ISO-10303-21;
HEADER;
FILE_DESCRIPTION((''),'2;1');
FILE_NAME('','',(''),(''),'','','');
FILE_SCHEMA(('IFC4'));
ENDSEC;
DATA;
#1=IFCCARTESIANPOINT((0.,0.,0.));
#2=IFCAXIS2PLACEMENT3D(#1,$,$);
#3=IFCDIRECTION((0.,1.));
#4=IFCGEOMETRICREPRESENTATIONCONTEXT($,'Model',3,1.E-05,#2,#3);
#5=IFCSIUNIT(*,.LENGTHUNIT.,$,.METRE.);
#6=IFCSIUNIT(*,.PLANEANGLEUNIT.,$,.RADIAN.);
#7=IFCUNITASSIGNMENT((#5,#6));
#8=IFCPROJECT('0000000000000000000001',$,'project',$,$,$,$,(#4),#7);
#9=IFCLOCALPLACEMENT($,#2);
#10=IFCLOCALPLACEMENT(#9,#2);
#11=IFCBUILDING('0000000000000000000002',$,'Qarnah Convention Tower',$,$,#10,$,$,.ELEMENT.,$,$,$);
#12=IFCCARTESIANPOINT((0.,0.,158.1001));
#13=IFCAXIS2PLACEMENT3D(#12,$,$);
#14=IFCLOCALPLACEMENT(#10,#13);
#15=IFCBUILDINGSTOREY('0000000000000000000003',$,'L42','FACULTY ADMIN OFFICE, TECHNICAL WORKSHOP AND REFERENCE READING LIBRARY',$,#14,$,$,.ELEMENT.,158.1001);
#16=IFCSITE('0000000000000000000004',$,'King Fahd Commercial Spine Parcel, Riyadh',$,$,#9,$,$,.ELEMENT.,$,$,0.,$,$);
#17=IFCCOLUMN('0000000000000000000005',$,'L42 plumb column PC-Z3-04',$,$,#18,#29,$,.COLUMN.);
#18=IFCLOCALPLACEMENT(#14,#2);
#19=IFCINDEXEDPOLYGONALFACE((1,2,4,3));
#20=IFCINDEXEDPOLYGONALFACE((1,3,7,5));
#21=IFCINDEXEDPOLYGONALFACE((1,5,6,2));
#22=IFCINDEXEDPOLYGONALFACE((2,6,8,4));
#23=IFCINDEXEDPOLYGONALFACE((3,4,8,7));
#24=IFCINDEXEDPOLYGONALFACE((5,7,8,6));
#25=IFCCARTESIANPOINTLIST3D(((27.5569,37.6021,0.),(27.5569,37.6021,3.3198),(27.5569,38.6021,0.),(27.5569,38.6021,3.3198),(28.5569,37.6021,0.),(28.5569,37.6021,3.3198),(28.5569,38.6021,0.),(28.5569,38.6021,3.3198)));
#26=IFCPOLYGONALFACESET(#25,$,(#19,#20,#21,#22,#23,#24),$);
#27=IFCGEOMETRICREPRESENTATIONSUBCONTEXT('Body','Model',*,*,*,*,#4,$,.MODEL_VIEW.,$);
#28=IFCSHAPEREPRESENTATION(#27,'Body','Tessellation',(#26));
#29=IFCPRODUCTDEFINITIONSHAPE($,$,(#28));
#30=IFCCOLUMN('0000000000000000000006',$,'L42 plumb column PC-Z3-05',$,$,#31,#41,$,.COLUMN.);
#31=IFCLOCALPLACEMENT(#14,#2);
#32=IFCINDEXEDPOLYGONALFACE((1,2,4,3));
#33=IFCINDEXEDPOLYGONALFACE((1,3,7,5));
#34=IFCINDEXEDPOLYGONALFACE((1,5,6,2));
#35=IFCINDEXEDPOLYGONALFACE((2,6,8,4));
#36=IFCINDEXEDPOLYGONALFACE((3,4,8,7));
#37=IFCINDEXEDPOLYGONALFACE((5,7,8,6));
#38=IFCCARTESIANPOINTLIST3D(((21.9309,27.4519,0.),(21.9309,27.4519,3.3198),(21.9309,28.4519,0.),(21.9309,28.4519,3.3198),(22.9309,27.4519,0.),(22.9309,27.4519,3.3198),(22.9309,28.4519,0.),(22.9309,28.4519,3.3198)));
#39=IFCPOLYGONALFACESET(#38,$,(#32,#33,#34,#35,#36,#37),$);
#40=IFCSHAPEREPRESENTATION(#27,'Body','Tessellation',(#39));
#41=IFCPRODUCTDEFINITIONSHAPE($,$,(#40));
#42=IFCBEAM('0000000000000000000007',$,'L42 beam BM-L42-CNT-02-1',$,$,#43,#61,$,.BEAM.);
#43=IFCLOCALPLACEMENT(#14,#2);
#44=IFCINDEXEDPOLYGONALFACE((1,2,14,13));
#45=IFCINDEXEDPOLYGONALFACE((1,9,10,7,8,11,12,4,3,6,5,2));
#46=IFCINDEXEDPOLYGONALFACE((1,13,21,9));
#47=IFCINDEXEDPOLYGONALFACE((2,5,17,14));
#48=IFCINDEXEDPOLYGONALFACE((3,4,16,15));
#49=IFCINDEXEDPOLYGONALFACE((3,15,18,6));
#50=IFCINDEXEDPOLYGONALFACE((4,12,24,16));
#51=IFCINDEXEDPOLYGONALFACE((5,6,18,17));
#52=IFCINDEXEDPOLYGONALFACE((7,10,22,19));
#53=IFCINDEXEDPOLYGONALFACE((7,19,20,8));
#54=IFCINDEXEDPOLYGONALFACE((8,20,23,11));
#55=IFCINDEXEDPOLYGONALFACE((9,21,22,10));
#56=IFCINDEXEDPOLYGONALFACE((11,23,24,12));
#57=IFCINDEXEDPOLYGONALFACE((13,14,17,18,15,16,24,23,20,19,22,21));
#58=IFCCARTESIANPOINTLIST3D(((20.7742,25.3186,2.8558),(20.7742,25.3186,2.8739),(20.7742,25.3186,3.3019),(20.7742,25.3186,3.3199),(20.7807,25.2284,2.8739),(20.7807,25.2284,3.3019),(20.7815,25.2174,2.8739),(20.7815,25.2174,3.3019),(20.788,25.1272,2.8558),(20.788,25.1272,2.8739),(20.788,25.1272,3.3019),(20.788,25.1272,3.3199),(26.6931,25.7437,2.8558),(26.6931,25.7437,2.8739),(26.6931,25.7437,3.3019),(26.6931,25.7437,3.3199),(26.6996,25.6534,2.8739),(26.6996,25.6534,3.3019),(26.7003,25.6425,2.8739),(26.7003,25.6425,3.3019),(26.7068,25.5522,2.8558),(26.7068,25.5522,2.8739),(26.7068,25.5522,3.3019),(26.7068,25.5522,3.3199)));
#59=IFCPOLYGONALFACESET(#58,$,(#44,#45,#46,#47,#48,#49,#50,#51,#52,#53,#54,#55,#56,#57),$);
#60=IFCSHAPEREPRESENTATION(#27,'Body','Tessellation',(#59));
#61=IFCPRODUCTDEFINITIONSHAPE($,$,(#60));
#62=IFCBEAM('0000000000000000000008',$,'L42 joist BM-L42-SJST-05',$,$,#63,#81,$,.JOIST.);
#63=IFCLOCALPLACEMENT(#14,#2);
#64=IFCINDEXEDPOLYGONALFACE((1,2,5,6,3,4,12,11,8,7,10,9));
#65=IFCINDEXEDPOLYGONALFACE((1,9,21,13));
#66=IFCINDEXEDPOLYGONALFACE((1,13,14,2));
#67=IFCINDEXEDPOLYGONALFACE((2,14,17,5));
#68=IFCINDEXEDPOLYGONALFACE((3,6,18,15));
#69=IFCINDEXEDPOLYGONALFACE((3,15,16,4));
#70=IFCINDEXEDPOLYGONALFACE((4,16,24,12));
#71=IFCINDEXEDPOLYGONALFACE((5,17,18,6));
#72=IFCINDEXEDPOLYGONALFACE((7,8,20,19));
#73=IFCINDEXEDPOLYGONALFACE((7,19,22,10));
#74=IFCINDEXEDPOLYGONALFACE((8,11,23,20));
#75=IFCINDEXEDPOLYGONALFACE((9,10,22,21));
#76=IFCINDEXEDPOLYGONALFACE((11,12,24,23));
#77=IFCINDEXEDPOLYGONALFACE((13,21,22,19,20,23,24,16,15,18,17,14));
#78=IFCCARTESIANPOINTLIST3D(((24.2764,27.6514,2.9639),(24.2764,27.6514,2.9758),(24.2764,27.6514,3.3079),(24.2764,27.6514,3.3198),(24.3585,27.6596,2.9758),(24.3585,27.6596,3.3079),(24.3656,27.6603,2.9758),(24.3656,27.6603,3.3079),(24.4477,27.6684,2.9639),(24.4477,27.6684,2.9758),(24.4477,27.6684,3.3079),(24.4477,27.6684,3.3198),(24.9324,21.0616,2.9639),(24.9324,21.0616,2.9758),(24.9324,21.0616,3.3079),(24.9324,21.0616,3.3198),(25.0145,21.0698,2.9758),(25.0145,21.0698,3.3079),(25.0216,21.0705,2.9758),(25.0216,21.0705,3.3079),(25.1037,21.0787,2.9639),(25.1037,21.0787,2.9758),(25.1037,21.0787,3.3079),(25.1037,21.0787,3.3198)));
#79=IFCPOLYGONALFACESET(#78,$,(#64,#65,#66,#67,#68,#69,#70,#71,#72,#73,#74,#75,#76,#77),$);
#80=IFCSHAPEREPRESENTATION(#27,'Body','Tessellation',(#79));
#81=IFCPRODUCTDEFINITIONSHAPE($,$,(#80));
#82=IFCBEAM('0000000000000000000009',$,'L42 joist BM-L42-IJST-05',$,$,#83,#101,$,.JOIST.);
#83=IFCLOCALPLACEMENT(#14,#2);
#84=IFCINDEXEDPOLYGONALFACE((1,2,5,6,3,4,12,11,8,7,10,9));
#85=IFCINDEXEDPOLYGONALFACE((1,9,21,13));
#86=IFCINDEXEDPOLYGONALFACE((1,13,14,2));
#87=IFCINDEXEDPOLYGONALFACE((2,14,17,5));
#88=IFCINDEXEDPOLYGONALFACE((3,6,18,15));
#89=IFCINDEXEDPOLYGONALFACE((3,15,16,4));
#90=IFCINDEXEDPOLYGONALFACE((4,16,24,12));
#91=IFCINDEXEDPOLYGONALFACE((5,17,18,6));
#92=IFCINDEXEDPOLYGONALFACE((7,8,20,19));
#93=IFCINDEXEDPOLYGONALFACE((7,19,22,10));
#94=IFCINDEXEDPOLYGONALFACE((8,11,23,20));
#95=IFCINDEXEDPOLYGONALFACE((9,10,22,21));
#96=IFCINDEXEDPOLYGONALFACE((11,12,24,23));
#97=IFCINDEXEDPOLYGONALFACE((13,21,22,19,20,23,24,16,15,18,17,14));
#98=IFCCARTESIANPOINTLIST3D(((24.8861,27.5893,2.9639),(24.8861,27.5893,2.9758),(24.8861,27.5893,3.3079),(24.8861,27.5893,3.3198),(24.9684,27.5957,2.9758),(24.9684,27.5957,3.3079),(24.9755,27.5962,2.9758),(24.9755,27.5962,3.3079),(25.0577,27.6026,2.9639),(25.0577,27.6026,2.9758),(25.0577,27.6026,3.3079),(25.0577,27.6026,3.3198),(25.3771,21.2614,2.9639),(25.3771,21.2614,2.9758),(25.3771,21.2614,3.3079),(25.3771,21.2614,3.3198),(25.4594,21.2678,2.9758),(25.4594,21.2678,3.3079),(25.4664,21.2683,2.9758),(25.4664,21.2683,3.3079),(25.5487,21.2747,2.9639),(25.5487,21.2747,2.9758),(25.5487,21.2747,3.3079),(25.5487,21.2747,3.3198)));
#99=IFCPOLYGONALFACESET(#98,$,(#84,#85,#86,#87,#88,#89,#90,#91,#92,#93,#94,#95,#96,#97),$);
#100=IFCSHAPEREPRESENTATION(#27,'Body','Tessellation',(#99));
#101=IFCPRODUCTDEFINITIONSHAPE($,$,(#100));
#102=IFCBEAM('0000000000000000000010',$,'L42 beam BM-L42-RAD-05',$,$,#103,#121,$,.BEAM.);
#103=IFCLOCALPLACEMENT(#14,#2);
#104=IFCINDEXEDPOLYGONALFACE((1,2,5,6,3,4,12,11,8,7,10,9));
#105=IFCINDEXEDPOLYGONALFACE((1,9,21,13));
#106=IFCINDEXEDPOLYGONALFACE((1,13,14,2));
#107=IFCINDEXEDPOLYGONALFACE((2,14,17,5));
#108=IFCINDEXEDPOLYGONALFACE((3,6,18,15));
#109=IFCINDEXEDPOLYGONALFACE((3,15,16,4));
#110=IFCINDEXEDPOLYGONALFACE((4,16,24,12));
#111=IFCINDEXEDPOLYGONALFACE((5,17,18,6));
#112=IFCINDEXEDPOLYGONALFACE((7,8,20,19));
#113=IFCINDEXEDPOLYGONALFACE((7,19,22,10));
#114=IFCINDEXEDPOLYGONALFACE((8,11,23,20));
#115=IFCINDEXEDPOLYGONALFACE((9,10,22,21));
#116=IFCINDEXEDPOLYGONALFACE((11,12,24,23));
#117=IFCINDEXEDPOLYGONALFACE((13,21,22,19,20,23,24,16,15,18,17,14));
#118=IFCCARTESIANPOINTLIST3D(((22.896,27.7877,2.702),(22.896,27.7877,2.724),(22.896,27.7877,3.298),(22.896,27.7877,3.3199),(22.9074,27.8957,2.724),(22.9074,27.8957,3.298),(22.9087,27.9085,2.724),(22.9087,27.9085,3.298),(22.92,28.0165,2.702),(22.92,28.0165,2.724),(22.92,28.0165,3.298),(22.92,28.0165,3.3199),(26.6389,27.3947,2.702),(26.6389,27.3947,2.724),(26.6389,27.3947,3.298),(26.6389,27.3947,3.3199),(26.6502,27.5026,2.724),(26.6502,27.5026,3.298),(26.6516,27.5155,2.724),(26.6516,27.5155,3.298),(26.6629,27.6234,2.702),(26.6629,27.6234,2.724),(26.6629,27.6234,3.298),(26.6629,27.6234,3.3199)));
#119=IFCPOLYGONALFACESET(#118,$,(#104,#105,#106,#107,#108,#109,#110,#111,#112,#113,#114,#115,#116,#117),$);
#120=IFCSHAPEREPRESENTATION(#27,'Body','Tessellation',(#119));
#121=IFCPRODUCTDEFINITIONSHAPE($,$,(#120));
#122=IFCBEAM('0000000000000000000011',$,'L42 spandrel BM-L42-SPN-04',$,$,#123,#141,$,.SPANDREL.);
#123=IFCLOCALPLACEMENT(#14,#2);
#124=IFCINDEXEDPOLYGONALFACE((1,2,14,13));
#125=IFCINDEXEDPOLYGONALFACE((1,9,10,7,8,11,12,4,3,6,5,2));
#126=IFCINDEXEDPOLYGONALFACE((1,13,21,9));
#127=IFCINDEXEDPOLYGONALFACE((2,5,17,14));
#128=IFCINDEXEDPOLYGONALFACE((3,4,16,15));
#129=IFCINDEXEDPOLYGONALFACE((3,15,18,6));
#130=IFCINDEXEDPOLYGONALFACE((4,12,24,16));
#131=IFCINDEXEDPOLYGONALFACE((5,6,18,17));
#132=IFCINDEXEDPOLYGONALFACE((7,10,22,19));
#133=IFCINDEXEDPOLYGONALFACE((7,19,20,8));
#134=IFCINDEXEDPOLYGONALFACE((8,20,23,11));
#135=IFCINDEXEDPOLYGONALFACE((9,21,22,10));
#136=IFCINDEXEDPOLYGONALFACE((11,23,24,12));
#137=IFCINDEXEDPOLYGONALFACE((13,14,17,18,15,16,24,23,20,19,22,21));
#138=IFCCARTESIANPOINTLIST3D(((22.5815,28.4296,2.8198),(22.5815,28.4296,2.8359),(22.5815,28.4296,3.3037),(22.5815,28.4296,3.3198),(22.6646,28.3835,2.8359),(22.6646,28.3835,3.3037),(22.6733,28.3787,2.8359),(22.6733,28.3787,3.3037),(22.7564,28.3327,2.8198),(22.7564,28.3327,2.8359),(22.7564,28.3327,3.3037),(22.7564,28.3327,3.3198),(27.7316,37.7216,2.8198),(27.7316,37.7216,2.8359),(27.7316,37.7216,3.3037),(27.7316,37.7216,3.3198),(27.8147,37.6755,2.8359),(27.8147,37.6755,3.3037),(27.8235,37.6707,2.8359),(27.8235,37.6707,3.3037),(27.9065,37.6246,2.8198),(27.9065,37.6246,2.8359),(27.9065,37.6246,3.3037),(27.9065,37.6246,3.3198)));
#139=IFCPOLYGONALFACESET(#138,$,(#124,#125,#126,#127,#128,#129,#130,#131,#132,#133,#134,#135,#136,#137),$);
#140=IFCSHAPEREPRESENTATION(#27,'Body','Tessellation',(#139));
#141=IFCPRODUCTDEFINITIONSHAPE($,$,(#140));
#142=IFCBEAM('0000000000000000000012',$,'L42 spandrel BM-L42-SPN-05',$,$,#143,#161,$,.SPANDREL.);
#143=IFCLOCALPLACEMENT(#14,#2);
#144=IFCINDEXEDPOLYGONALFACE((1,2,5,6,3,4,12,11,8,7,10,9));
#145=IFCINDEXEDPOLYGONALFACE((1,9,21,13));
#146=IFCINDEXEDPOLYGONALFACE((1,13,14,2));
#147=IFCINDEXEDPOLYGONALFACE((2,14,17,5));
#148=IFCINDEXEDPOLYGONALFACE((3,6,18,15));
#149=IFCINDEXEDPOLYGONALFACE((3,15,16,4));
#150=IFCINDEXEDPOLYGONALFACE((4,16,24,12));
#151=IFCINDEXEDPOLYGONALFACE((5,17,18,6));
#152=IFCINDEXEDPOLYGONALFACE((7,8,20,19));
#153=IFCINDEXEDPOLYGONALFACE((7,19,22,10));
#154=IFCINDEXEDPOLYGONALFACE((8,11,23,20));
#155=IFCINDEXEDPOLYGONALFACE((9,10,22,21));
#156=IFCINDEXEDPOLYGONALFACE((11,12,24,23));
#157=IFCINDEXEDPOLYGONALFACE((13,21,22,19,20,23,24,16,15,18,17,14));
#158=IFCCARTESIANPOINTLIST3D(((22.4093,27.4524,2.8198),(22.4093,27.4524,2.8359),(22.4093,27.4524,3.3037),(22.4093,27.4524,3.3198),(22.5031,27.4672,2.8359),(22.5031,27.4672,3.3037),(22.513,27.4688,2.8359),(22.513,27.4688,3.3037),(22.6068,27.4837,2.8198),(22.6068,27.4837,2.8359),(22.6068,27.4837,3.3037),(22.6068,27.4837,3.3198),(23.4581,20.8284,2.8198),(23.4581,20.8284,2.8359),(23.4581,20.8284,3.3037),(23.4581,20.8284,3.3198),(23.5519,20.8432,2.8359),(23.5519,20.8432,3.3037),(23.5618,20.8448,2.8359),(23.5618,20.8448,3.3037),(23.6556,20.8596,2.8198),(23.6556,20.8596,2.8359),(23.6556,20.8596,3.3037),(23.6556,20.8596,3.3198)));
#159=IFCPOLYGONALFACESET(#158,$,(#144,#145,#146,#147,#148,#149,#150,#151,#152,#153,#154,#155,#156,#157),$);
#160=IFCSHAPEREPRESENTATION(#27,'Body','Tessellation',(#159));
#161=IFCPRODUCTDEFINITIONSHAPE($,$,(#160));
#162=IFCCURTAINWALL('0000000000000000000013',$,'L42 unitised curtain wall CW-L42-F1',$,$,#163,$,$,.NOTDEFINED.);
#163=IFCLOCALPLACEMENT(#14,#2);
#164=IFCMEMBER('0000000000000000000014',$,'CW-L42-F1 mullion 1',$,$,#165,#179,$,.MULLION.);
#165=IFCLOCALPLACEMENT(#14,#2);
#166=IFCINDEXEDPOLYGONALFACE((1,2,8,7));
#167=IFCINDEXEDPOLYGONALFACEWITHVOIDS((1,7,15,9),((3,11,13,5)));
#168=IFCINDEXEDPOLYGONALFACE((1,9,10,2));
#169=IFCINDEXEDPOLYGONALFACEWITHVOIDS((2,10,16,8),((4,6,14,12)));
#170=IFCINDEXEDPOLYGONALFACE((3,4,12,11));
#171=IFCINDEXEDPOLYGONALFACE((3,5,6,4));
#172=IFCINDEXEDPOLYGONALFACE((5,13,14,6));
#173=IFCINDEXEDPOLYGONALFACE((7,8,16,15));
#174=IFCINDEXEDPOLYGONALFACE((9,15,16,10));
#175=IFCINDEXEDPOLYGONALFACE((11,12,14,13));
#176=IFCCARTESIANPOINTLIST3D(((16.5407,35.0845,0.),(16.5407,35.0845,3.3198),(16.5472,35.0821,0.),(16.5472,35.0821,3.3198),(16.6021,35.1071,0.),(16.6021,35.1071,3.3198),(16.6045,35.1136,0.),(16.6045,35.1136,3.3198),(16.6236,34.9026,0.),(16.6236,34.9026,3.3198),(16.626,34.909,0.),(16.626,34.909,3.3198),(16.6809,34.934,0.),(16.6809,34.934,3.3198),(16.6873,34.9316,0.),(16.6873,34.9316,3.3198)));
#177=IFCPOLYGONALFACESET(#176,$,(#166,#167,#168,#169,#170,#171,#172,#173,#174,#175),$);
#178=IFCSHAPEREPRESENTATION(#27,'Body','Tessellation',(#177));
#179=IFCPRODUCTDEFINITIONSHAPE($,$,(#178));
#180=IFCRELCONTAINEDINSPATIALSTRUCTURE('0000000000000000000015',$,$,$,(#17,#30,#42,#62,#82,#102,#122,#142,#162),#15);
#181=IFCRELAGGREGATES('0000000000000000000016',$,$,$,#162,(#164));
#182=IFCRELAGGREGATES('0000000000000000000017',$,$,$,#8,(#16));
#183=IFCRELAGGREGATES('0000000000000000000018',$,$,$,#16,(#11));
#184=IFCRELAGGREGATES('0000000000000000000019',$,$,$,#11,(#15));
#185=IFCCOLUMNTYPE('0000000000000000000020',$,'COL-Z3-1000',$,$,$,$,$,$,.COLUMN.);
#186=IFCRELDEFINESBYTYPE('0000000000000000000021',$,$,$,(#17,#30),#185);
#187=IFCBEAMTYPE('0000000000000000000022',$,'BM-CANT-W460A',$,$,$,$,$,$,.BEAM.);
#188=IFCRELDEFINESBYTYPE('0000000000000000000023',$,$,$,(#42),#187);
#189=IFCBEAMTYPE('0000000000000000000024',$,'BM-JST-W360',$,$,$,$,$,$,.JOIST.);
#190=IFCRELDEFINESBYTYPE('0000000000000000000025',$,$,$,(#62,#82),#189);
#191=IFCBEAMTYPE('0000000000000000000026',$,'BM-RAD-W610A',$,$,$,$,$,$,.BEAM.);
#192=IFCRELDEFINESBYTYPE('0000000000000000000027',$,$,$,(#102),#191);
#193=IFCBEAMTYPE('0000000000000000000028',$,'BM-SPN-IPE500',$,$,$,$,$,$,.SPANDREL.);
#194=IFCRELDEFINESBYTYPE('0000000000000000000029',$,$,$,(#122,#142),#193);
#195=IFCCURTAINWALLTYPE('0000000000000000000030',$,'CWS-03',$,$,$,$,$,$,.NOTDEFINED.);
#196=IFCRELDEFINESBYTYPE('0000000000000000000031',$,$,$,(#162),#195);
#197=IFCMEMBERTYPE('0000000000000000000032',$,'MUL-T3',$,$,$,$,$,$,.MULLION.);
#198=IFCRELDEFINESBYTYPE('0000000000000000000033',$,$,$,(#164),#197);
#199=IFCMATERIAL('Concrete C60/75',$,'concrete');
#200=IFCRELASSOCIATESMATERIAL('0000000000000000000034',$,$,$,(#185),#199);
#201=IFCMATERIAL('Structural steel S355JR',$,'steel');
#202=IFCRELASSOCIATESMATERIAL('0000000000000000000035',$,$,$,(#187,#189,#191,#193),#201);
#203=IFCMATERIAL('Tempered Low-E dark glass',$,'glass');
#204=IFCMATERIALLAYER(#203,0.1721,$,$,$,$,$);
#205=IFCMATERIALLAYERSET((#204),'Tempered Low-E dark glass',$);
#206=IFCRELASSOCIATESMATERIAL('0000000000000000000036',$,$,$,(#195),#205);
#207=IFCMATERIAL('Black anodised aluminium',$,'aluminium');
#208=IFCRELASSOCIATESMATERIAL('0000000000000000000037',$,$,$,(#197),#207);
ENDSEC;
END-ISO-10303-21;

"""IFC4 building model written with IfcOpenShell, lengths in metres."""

from ifc_helpers import new_model, si_unit, direction, frame, origin, origin_2d, place, context, subcontext, project, spatial, rectangle, hollow_rectangle, i_section, extrude, material, layer, layer_set, material_profile, profile_set, type_object, element, aggregate, save


model = new_model("IFC4")

# Units and contexts
model_context = context("Model", 3, precision=1e-05, world=origin(), true_north=direction((0.0, 1.0)))
body_context = subcontext(model_context, "Body", "Model", "MODEL_VIEW")
ifc_project = project(units=[si_unit("LENGTHUNIT", "METRE"), si_unit("PLANEANGLEUNIT", "RADIAN")], contexts=[model_context])

# Site, building, storey
site_placement = place(None, origin())
site = spatial("IfcSite", under=ifc_project, at=site_placement, Name="King Fahd Commercial Spine Parcel, Riyadh", CompositionType="ELEMENT", RefElevation=0.0)
building_placement = place(site_placement, origin())
building = spatial("IfcBuilding", under=site, at=building_placement, Name="Qarnah Convention Tower", CompositionType="ELEMENT")
storey_placement = place(building_placement, frame((0.0, 0.0, 158.1001)))
storey = spatial("IfcBuildingStorey", under=building, at=storey_placement, Name="L42", Description="FACULTY ADMIN OFFICE, TECHNICAL WORKSHOP AND REFERENCE READING LIBRARY", CompositionType="ELEMENT", Elevation=158.1001)

# Columns
ifc_material_1 = material(Name="Concrete C60/75", Category="concrete")
ifc_material_profile_1 = material_profile(ifc_material_1, rectangle(XDim=1.0, YDim=1.0, at=origin_2d()), Name="RC-COL-1000X1000")
ifc_profile_set_1 = profile_set([ifc_material_profile_1], Name="Concrete C60/75")
column_type = type_object("IfcColumnType", Name="COL-Z3-1000", PredefinedType="COLUMN", material=ifc_profile_set_1)
for number, where, z_axis, x_axis, name in (
    (1, (28.0569, 38.1021, 0.0), (0.0, 0.0, 1.0), (1.0, 0.0, 0.0), "L42 plumb column PC-Z3-04"),
    (2, (22.4309, 27.9519, 0.0), (0.0, 0.0, 1.0), (1.0, 0.0, 0.0), "L42 plumb column PC-Z3-05"),
):
    element("IfcColumn", number, at=place(storey_placement, frame(where, z_axis=z_axis, x_axis=x_axis)), inside=storey, type_object=column_type, Name=name, PredefinedType="COLUMN", context=body_context, shape_type="SweptSolid", body=[
        extrude(rectangle(XDim=1.0, YDim=1.0, at=origin_2d()), origin(), (0.0, 0.0, 1.0), 3.3198),
    ])

# Beams
ifc_material_2 = material(Name="Structural steel S355JR", Category="steel")
ifc_material_profile_2 = material_profile(ifc_material_2, i_section(OverallWidth=0.1919, OverallDepth=0.4641, WebThickness=0.011, FlangeThickness=0.0181, at=origin_2d()), Name="W460X89")
ifc_profile_set_2 = profile_set([ifc_material_profile_2], Name="Structural steel S355JR")
beam_type_1 = type_object("IfcBeamType", Name="BM-CANT-W460A", PredefinedType="BEAM", material=ifc_profile_set_2)
beam_1_placement = place(storey_placement, frame((26.7, 25.6479, 3.0879), z_axis=(-0.997431, -0.071627, 0.0), x_axis=(0.071627, -0.997431, 0.0)))
element("IfcBeam", 3, at=beam_1_placement, inside=storey, type_object=beam_type_1, Name="L42 beam BM-L42-CNT-02-1", PredefinedType="BEAM", context=body_context, shape_type="SweptSolid", body=[
    extrude(i_section(OverallWidth=0.1919, OverallDepth=0.4641, WebThickness=0.011, FlangeThickness=0.0181, at=origin_2d()), origin(), (0.0, 0.0, 1.0), 5.9341),
])
ifc_material_profile_3 = material_profile(ifc_material_2, i_section(OverallWidth=0.1721, OverallDepth=0.356, WebThickness=0.0071, FlangeThickness=0.012, at=origin_2d()), Name="W360X51")
ifc_profile_set_3 = profile_set([ifc_material_profile_3], Name="Structural steel S355JR")
beam_type_2 = type_object("IfcBeamType", Name="BM-JST-W360", PredefinedType="JOIST", material=ifc_profile_set_3)
beam_2_placement = place(storey_placement, frame((24.3621, 27.6599, 3.1418), z_axis=(0.099058, -0.995082, 0.0), x_axis=(0.995082, 0.099058, 0.0)))
element("IfcBeam", 4, at=beam_2_placement, inside=storey, type_object=beam_type_2, Name="L42 joist BM-L42-SJST-05", PredefinedType="JOIST", context=body_context, shape_type="SweptSolid", body=[
    extrude(i_section(OverallWidth=0.1721, OverallDepth=0.356, WebThickness=0.0071, FlangeThickness=0.012, at=origin_2d()), origin(), (0.0, 0.0, 1.0), 6.6223),
])
beam_3_placement = place(storey_placement, frame((24.9719, 27.5959, 3.1418), z_axis=(0.077355, -0.997004, 0.0), x_axis=(0.997004, 0.077355, 0.0)))
element("IfcBeam", 5, at=beam_3_placement, inside=storey, type_object=beam_type_2, Name="L42 joist BM-L42-IJST-05", PredefinedType="JOIST", context=body_context, shape_type="SweptSolid", body=[
    extrude(i_section(OverallWidth=0.1721, OverallDepth=0.356, WebThickness=0.0071, FlangeThickness=0.012, at=origin_2d()), origin(), (0.0, 0.0, 1.0), 6.3469),
])
ifc_material_profile_4 = material_profile(ifc_material_2, i_section(OverallWidth=0.23, OverallDepth=0.6179, WebThickness=0.0129, FlangeThickness=0.022, at=origin_2d()), Name="W610X140")
ifc_profile_set_4 = profile_set([ifc_material_profile_4], Name="Structural steel S355JR")
beam_type_3 = type_object("IfcBeamType", Name="BM-RAD-W610A", PredefinedType="BEAM", material=ifc_profile_set_4)
beam_4_placement = place(storey_placement, frame((26.6509, 27.509, 3.011), z_axis=(-0.994531, 0.104442, 0.0), x_axis=(-0.104442, -0.994531, 0.0)))
element("IfcBeam", 6, at=beam_4_placement, inside=storey, type_object=beam_type_3, Name="L42 beam BM-L42-RAD-05", PredefinedType="BEAM", context=body_context, shape_type="SweptSolid", body=[
    extrude(i_section(OverallWidth=0.23, OverallDepth=0.6179, WebThickness=0.0129, FlangeThickness=0.022, at=origin_2d()), origin(), (0.0, 0.0, 1.0), 3.7634),
])
ifc_material_profile_5 = material_profile(ifc_material_2, i_section(OverallWidth=0.2, OverallDepth=0.5, WebThickness=0.01, FlangeThickness=0.0161, at=origin_2d()), Name="IPE500")
ifc_profile_set_5 = profile_set([ifc_material_profile_5], Name="Structural steel S355JR")
beam_type_4 = type_object("IfcBeamType", Name="BM-SPN-IPE500", PredefinedType="SPANDREL", material=ifc_profile_set_5)
beam_5_placement = place(storey_placement, frame((27.8191, 37.6731, 3.0698), z_axis=(-0.484774, -0.874639, 0.0), x_axis=(0.874639, -0.484774, 0.0)))
element("IfcBeam", 7, at=beam_5_placement, inside=storey, type_object=beam_type_4, Name="L42 spandrel BM-L42-SPN-04", PredefinedType="SPANDREL", context=body_context, shape_type="SweptSolid", body=[
    extrude(i_section(OverallWidth=0.2, OverallDepth=0.5, WebThickness=0.01, FlangeThickness=0.0161, at=origin_2d()), origin(), (0.0, 0.0, 1.0), 10.6238),
])
beam_6_placement = place(storey_placement, frame((22.5081, 27.468, 3.0698), z_axis=(0.156389, -0.987696, 0.0), x_axis=(0.987696, 0.156389, 0.0)))
element("IfcBeam", 8, at=beam_6_placement, inside=storey, type_object=beam_type_4, Name="L42 spandrel BM-L42-SPN-05", PredefinedType="SPANDREL", context=body_context, shape_type="SweptSolid", body=[
    extrude(i_section(OverallWidth=0.2, OverallDepth=0.5, WebThickness=0.01, FlangeThickness=0.0161, at=origin_2d()), origin(), (0.0, 0.0, 1.0), 6.7065),
])

# Curtain wall, member
ifc_material_3 = material(Name="Tempered Low-E dark glass", Category="glass")
ifc_layer_1 = layer(ifc_material_3, 0.1721)
ifc_layer_set_1 = layer_set([ifc_layer_1], Name="Tempered Low-E dark glass")
curtain_wall_type = type_object("IfcCurtainWallType", Name="CWS-03", PredefinedType="NOTDEFINED", material=ifc_layer_set_1)
curtain_wall_placement = place(storey_placement, origin())
curtain_wall = element("IfcCurtainWall", 9, at=curtain_wall_placement, inside=storey, type_object=curtain_wall_type, Name="L42 unitised curtain wall CW-L42-F1", PredefinedType="NOTDEFINED")
ifc_material_4 = material(Name="Black anodised aluminium", Category="aluminium")
ifc_material_profile_6 = material_profile(ifc_material_4, hollow_rectangle(XDim=0.0701, YDim=0.2, WallThickness=0.0049, at=origin_2d()), Name="MUL-70X200")
ifc_profile_set_6 = profile_set([ifc_material_profile_6], Name="Black anodised aluminium")
member_type_1 = type_object("IfcMemberType", Name="MUL-T3", PredefinedType="MULLION", material=ifc_profile_set_6)
member_1_placement = place(storey_placement, frame((16.614, 35.0081, 0.0), z_axis=(0.0, 0.0, 1.0), x_axis=(0.910112, 0.414362, 0.0)))
member_1 = element("IfcMember", 10, at=member_1_placement, type_object=member_type_1, Name="CW-L42-F1 mullion 1", PredefinedType="MULLION", context=body_context, shape_type="SweptSolid", body=[
    extrude(hollow_rectangle(XDim=0.0701, YDim=0.2, WallThickness=0.0049, at=origin_2d()), origin(), (0.0, 0.0, 1.0), 3.3198),
])
aggregate(curtain_wall, [member_1])

save(model, "model.ifc")
